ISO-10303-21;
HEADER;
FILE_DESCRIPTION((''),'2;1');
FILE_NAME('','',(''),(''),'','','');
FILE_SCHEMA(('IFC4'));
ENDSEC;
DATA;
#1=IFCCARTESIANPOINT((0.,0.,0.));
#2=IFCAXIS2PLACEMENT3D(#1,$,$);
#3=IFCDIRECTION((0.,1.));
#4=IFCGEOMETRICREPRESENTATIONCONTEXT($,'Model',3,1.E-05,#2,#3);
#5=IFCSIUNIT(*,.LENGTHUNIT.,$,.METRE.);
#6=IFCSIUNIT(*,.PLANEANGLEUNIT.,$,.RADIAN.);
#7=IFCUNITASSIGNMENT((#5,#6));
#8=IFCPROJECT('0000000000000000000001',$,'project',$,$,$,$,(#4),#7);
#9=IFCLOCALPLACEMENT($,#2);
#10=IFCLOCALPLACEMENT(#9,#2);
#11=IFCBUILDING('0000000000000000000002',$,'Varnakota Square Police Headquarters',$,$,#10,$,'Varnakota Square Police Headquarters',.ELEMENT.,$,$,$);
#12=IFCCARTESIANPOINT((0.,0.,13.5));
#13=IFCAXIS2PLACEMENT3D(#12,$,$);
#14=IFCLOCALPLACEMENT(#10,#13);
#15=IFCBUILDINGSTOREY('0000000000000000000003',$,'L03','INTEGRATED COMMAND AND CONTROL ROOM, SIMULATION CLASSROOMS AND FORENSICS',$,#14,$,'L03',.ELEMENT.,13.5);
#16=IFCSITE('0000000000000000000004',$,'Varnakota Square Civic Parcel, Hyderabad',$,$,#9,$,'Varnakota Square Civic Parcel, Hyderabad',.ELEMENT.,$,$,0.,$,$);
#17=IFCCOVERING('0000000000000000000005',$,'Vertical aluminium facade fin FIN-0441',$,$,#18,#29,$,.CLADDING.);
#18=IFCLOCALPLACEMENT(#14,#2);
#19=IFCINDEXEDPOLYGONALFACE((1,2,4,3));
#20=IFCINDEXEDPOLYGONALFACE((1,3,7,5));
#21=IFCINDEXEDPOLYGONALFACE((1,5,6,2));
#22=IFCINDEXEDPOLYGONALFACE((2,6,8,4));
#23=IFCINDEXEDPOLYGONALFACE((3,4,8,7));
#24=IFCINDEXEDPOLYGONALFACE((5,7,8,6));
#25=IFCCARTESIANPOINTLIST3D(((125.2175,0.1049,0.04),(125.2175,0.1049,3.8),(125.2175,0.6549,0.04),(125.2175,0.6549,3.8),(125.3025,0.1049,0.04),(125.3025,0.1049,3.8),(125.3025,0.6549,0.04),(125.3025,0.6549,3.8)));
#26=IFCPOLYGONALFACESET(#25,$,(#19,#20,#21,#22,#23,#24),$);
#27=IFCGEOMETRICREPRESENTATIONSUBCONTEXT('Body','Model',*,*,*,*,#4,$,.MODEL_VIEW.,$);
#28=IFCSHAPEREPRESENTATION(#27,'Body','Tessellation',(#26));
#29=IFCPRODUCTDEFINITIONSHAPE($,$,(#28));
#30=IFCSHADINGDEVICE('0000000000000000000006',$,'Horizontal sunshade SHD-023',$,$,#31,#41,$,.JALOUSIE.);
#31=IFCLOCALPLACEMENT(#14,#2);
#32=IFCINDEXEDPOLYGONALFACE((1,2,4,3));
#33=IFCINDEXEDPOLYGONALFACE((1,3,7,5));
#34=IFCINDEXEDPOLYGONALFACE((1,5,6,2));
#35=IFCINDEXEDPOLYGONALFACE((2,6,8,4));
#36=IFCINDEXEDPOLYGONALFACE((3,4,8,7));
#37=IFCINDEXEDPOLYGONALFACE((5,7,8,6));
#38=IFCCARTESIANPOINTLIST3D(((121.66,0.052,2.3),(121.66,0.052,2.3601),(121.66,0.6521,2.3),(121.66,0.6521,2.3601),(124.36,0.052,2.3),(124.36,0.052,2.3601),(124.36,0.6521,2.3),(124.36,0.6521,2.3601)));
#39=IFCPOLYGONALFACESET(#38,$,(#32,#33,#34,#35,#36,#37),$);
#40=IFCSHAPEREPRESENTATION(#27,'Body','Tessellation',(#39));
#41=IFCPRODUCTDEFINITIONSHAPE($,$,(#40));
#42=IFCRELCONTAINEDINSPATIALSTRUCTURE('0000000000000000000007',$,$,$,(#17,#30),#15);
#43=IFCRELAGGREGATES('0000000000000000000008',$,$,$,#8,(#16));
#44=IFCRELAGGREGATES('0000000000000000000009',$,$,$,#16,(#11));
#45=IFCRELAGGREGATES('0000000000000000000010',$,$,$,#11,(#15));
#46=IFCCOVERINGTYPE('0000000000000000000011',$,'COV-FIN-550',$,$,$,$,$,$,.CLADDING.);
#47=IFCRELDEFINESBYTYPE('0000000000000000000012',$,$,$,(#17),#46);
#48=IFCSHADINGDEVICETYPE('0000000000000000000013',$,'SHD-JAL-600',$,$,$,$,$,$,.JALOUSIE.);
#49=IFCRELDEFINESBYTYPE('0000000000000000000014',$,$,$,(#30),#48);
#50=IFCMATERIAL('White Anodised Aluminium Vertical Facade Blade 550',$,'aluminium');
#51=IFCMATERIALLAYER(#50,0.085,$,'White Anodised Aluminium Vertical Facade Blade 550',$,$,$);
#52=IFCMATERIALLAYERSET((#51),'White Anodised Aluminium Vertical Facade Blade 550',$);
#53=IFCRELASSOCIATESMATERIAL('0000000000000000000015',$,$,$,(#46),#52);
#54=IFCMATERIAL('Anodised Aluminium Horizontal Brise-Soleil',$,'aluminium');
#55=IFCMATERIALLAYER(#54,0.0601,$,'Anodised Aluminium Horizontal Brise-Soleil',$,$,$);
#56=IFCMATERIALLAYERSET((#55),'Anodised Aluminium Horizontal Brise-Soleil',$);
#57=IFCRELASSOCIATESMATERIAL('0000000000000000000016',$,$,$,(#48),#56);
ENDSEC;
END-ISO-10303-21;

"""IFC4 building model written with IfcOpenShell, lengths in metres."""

from ifc_helpers import new_model, si_unit, direction, frame, origin, origin_2d, place, context, subcontext, project, spatial, rectangle, extrude, material, layer, layer_set, type_object, element, save


model = new_model("IFC4")

# Units and contexts
model_context = context("Model", 3, precision=1e-05, world=origin(), true_north=direction((0.0, 1.0)))
body_context = subcontext(model_context, "Body", "Model", "MODEL_VIEW")
ifc_project = project(units=[si_unit("LENGTHUNIT", "METRE"), si_unit("PLANEANGLEUNIT", "RADIAN")], contexts=[model_context])

# Site, building, storey
site_placement = place(None, origin())
site = spatial("IfcSite", under=ifc_project, at=site_placement, Name="Varnakota Square Civic Parcel, Hyderabad", LongName="Varnakota Square Civic Parcel, Hyderabad", CompositionType="ELEMENT", RefElevation=0.0)
building_placement = place(site_placement, origin())
building = spatial("IfcBuilding", under=site, at=building_placement, Name="Varnakota Square Police Headquarters", LongName="Varnakota Square Police Headquarters", CompositionType="ELEMENT")
storey_placement = place(building_placement, frame((0.0, 0.0, 13.5)))
storey = spatial("IfcBuildingStorey", under=building, at=storey_placement, Name="L03", Description="INTEGRATED COMMAND AND CONTROL ROOM, SIMULATION CLASSROOMS AND FORENSICS", LongName="L03", CompositionType="ELEMENT", Elevation=13.5)

# Covering
ifc_material_1 = material(Name="White Anodised Aluminium Vertical Facade Blade 550", Category="aluminium")
ifc_layer_1 = layer(ifc_material_1, 0.085, Name="White Anodised Aluminium Vertical Facade Blade 550")
ifc_layer_set_1 = layer_set([ifc_layer_1], Name="White Anodised Aluminium Vertical Facade Blade 550")
covering_type_1 = type_object("IfcCoveringType", Name="COV-FIN-550", PredefinedType="CLADDING", material=ifc_layer_set_1)
for number, where, z_axis, x_axis, name in (
    (1, (125.26, 0.3799, 0.04), (0.0, 0.0, 1.0), (1.0, 0.0, 0.0), "Vertical aluminium facade fin FIN-0441"),
):
    element("IfcCovering", number, at=place(storey_placement, frame(where, z_axis=z_axis, x_axis=x_axis)), inside=storey, type_object=covering_type_1, Name=name, PredefinedType="CLADDING", context=body_context, shape_type="SweptSolid", body=[
        extrude(rectangle(XDim=0.085, YDim=0.55, at=origin_2d()), origin(), (0.0, 0.0, 1.0), 3.76),
    ])

# Shading device
ifc_material_2 = material(Name="Anodised Aluminium Horizontal Brise-Soleil", Category="aluminium")
ifc_layer_2 = layer(ifc_material_2, 0.0601, Name="Anodised Aluminium Horizontal Brise-Soleil")
ifc_layer_set_2 = layer_set([ifc_layer_2], Name="Anodised Aluminium Horizontal Brise-Soleil")
shading_device_type = type_object("IfcShadingDeviceType", Name="SHD-JAL-600", PredefinedType="JALOUSIE", material=ifc_layer_set_2)
shading_device_placement = place(storey_placement, frame((123.01, 0.3521, 2.3), z_axis=(0.0, 0.0, 1.0), x_axis=(1.0, 0.0, 0.0)))
element("IfcShadingDevice", 2, at=shading_device_placement, inside=storey, type_object=shading_device_type, Name="Horizontal sunshade SHD-023", PredefinedType="JALOUSIE", context=body_context, shape_type="SweptSolid", body=[
    extrude(rectangle(XDim=2.7, YDim=0.6001, at=origin_2d()), origin(), (0.0, 0.0, 1.0), 0.0601),
])

save(model, "model.ifc")
